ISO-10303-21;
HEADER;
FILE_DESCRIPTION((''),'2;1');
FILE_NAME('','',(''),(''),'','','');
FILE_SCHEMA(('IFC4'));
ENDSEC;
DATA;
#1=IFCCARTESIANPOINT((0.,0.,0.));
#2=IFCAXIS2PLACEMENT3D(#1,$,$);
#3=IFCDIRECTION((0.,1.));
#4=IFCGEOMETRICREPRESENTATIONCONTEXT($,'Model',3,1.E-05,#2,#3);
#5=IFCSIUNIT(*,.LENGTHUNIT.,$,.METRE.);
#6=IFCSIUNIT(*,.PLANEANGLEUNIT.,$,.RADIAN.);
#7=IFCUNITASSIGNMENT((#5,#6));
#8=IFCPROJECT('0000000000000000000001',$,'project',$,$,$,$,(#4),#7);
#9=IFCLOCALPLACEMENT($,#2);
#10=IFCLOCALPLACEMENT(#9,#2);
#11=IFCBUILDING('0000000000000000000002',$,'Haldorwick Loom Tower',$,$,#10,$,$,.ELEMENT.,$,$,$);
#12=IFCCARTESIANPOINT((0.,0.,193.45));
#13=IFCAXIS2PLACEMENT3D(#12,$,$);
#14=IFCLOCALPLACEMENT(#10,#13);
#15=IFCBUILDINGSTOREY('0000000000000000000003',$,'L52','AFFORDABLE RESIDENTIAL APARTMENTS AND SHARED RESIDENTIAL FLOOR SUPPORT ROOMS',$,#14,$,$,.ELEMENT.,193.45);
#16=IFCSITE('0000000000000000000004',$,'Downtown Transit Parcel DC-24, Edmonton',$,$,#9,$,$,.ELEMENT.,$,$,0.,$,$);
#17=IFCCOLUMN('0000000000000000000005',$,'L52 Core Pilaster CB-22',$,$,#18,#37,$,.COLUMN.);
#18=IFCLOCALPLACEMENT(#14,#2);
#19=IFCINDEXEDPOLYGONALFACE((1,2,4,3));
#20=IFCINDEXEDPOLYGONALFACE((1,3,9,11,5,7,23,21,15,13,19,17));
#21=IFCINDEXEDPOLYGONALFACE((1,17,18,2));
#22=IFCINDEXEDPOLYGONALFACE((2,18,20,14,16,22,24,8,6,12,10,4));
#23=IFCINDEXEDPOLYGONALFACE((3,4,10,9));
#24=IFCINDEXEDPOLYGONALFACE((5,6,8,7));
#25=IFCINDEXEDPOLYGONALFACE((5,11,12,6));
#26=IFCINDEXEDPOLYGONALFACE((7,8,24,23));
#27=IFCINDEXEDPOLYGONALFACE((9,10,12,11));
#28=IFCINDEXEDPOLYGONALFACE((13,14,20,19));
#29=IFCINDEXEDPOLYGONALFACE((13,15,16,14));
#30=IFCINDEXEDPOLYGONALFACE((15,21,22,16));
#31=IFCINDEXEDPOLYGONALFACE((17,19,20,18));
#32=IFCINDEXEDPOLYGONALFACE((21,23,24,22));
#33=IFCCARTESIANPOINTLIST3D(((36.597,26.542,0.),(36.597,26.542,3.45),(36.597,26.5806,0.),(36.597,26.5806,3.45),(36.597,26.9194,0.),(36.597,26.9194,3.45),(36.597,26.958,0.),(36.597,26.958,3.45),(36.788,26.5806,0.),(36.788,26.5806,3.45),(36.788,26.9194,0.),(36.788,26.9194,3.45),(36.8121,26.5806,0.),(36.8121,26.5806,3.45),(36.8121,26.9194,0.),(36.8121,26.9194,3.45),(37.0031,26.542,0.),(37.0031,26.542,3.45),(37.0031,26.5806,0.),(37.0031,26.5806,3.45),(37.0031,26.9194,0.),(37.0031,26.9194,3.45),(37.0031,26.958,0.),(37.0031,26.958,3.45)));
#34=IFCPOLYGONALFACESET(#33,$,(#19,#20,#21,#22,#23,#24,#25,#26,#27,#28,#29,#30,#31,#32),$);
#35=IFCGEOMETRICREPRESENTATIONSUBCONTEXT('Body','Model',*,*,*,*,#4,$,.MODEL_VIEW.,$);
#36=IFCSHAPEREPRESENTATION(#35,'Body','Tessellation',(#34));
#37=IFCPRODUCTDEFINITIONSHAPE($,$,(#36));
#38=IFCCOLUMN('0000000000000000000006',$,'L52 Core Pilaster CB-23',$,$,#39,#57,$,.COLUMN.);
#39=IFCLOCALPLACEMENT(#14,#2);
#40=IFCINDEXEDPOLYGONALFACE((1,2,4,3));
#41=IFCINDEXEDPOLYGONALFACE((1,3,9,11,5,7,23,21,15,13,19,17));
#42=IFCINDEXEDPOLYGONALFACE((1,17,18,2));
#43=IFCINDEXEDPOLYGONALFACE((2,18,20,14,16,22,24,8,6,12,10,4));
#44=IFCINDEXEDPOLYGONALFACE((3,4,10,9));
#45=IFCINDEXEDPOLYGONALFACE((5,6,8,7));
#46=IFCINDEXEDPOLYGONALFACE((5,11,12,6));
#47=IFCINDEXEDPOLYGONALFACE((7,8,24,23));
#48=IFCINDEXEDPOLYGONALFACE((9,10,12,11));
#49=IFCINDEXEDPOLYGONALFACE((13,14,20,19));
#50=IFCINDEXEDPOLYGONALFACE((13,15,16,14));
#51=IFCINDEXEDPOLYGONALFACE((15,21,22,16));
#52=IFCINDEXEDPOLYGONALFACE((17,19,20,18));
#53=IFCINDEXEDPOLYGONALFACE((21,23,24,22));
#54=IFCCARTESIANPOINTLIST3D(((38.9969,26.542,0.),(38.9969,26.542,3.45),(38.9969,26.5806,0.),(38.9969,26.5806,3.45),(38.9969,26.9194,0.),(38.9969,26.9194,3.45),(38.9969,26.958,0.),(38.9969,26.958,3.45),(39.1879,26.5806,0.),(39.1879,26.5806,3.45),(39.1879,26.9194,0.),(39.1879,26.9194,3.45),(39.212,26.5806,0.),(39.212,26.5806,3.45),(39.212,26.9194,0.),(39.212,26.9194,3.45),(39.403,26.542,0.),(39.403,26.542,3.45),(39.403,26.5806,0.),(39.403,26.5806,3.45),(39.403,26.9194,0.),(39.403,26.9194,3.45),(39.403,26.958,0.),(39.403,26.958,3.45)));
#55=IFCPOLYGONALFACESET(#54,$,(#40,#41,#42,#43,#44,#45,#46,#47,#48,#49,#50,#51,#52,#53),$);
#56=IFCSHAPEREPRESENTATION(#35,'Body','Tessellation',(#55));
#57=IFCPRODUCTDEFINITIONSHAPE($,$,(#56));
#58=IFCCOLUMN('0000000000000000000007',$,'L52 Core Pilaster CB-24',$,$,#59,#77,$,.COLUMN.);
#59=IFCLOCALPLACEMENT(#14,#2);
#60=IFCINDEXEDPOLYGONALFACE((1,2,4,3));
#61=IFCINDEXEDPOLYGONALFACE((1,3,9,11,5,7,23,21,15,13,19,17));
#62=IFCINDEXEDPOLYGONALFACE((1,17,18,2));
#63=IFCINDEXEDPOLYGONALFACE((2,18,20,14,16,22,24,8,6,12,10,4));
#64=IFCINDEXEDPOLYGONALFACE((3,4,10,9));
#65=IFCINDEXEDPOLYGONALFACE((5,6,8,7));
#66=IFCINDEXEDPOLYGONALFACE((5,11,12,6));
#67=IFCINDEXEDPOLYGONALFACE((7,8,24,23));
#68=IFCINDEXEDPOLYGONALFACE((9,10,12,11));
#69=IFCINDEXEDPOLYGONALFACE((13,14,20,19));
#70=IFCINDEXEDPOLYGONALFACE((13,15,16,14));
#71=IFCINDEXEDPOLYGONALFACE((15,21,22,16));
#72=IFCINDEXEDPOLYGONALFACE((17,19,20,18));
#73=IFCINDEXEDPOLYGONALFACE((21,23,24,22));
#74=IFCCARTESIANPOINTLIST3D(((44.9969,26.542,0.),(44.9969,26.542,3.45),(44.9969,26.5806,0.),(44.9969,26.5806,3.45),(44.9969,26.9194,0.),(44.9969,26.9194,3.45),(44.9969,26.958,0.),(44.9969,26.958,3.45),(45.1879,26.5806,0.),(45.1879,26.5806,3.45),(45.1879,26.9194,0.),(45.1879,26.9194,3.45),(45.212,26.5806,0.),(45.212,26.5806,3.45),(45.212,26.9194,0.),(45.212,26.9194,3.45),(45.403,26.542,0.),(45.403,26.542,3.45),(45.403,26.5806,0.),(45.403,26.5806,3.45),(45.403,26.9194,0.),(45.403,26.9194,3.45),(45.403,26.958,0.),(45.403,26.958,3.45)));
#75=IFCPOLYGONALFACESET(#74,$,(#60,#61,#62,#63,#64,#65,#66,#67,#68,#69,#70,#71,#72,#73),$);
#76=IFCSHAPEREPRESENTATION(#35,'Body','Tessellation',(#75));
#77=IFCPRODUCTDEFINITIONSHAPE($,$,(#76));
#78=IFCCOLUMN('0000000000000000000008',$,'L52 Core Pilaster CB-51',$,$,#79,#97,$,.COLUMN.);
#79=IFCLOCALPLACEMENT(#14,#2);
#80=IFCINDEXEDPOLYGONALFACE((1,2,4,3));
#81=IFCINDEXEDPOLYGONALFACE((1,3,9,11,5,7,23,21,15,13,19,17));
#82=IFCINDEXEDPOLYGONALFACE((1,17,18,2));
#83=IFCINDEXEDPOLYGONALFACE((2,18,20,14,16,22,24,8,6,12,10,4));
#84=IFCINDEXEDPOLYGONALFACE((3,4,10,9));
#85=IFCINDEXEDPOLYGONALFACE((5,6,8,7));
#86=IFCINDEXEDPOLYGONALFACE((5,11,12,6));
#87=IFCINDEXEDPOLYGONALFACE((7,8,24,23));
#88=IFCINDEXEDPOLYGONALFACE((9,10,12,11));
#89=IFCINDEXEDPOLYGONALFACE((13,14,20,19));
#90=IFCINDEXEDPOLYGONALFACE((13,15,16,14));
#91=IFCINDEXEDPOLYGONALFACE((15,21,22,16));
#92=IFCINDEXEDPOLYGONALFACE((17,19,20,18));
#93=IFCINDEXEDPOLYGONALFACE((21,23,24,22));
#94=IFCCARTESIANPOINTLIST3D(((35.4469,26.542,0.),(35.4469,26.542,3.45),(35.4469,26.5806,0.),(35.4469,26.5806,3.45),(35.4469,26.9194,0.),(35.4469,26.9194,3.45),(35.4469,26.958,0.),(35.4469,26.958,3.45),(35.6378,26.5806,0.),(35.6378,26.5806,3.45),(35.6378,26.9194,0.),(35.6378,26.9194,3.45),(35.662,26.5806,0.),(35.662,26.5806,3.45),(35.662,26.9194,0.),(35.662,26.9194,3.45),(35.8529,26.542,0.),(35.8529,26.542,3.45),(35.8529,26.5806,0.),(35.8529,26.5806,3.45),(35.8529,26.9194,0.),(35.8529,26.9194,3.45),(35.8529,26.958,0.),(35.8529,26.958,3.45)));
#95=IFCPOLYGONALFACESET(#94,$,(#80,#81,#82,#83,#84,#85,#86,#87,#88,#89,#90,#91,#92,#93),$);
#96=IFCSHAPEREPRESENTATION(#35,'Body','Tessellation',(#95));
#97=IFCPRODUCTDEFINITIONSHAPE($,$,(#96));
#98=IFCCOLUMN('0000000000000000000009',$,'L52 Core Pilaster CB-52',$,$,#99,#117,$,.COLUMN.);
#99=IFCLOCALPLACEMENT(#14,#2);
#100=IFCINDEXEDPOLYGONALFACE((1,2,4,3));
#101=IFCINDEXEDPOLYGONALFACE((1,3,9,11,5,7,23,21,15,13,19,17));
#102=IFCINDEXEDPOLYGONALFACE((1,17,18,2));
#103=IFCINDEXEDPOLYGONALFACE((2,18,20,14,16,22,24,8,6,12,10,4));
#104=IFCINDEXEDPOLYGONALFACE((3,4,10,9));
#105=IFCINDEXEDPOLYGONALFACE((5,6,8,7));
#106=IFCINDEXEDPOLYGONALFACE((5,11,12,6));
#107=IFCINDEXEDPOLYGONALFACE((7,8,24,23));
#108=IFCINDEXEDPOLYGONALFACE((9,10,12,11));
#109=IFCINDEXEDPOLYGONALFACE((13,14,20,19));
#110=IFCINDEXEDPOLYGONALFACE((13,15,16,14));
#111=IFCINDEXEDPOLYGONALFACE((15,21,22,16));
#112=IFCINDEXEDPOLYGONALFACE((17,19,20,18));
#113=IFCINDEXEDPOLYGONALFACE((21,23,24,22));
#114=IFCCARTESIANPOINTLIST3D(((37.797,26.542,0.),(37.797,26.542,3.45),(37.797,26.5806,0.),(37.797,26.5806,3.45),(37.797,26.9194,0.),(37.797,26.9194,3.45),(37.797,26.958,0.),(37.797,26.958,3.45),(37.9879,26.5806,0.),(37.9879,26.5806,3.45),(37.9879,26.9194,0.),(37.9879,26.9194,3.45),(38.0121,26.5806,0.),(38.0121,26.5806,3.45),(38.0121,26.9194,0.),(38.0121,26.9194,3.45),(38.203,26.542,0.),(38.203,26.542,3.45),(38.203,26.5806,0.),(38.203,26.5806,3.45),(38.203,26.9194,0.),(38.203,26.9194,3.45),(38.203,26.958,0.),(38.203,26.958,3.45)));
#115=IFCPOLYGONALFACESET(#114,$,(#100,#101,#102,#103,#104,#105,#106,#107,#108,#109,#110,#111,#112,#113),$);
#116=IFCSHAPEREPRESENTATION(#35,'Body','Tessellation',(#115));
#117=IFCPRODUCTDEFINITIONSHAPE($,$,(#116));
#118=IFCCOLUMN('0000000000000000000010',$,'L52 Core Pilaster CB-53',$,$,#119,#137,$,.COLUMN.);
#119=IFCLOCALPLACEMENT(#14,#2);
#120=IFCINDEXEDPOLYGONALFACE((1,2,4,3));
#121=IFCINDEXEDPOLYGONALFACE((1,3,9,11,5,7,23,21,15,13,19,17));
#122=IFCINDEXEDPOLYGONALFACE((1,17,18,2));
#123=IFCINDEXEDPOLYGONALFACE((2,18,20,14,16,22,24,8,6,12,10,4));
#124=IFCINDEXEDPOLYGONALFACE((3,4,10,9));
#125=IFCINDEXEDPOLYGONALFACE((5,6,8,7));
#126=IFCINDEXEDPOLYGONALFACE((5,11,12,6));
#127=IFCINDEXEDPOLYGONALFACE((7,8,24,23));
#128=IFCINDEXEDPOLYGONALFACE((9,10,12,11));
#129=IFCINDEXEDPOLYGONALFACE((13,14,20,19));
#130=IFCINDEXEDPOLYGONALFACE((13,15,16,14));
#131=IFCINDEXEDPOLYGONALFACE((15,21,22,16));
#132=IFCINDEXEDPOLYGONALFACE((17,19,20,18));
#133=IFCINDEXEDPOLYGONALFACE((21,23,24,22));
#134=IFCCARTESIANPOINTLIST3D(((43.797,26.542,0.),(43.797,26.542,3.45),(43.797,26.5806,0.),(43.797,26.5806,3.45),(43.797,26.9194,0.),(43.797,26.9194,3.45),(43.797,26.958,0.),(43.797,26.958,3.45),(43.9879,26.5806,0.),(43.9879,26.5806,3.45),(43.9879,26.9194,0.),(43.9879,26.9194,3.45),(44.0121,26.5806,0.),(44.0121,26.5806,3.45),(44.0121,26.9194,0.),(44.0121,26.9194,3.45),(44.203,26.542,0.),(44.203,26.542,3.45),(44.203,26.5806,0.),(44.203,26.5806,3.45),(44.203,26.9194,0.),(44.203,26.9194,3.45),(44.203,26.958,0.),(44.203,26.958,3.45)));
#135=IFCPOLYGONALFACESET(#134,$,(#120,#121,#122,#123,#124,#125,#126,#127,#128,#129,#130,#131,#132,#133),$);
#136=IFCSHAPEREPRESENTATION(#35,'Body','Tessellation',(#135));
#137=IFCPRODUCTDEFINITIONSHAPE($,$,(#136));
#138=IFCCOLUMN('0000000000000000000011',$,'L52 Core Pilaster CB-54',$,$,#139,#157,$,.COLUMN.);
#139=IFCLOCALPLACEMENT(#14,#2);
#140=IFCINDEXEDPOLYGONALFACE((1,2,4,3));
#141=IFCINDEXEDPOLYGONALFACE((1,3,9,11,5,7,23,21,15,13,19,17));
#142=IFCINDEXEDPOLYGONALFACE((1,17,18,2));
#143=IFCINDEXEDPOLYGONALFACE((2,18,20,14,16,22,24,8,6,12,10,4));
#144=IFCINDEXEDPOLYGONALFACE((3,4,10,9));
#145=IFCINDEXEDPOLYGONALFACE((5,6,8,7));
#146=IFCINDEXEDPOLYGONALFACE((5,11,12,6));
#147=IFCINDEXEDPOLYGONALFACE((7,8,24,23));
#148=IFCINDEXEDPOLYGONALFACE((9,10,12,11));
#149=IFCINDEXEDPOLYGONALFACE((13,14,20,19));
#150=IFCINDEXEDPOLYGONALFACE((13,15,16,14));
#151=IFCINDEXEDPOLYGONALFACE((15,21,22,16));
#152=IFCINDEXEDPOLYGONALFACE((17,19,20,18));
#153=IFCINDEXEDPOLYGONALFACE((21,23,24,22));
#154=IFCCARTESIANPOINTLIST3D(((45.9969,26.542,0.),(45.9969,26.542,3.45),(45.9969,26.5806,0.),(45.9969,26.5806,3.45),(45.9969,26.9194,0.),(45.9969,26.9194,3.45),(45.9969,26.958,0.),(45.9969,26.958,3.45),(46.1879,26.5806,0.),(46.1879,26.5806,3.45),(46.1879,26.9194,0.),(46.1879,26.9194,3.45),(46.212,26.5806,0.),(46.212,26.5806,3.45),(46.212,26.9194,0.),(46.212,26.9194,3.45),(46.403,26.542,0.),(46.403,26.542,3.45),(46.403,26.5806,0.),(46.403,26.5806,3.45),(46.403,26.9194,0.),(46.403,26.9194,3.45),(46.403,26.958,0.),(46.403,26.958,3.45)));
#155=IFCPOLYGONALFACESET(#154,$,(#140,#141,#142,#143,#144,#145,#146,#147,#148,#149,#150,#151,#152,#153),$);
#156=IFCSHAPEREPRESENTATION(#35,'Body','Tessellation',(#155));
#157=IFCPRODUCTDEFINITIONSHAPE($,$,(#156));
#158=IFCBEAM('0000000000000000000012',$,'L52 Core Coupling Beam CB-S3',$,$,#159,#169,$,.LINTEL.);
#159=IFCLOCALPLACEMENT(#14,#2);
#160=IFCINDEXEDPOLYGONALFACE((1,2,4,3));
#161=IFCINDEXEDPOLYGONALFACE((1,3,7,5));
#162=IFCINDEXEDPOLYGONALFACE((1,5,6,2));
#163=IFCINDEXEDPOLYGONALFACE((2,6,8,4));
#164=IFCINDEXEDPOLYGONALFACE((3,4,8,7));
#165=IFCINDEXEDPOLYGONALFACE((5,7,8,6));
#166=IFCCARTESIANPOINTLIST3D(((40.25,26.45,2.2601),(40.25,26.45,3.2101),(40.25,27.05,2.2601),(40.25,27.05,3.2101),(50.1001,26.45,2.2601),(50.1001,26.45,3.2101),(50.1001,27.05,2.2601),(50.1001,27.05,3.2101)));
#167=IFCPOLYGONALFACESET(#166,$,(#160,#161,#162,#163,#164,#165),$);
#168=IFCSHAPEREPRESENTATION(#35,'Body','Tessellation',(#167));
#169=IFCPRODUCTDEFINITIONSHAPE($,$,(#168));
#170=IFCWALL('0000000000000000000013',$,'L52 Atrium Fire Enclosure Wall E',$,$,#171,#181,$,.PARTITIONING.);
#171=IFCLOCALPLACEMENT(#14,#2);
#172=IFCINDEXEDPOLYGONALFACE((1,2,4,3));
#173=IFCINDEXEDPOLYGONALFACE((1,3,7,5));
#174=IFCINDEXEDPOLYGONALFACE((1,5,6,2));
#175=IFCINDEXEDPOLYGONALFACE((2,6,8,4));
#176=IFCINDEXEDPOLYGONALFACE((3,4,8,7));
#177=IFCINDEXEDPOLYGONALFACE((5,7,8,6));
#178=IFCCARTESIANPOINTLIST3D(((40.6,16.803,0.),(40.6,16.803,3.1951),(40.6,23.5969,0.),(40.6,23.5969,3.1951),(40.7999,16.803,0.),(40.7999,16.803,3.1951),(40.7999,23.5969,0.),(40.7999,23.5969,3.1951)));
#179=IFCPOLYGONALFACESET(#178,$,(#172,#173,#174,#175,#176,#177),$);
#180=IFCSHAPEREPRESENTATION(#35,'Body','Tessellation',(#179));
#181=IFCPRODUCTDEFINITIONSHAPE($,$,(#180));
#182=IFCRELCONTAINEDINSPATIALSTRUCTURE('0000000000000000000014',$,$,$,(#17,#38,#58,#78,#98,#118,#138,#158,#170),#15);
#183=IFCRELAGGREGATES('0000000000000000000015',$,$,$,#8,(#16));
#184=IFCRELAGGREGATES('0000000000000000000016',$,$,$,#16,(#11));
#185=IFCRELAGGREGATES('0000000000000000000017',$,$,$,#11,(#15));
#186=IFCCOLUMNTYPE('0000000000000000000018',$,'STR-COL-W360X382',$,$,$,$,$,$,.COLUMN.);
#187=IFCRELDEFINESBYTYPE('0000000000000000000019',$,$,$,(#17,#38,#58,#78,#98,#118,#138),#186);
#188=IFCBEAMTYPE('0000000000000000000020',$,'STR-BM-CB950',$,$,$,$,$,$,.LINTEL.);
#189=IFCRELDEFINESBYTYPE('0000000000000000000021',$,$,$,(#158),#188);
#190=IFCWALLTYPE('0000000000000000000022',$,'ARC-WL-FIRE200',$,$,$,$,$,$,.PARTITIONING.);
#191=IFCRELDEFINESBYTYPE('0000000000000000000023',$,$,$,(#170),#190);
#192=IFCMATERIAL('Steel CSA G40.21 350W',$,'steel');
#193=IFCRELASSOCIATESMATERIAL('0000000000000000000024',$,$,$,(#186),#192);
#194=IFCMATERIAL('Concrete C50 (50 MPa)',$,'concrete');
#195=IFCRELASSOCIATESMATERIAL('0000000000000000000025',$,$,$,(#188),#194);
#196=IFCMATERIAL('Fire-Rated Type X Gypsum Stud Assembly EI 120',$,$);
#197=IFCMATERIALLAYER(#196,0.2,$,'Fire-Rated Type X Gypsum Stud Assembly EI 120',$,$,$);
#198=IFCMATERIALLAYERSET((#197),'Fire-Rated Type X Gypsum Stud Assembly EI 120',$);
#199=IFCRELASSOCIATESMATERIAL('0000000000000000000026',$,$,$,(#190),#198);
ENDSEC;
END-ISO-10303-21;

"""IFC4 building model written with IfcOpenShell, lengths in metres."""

from ifc_helpers import new_model, si_unit, direction, frame, frame_2d, origin, origin_2d, place, context, subcontext, project, spatial, rectangle, i_section, extrude, material, layer, layer_set, material_profile, profile_set, type_object, element, save


model = new_model("IFC4")

# Units and contexts
model_context = context("Model", 3, precision=1e-05, world=origin(), true_north=direction((0.0, 1.0)))
body_context = subcontext(model_context, "Body", "Model", "MODEL_VIEW")
ifc_project = project(units=[si_unit("LENGTHUNIT", "METRE"), si_unit("PLANEANGLEUNIT", "RADIAN")], contexts=[model_context])

# Site, building, storey
site_placement = place(None, origin())
site = spatial("IfcSite", under=ifc_project, at=site_placement, Name="Downtown Transit Parcel DC-24, Edmonton", CompositionType="ELEMENT", RefElevation=0.0)
building_placement = place(site_placement, origin())
building = spatial("IfcBuilding", under=site, at=building_placement, Name="Haldorwick Loom Tower", CompositionType="ELEMENT")
storey_placement = place(building_placement, frame((0.0, 0.0, 193.45)))
storey = spatial("IfcBuildingStorey", under=building, at=storey_placement, Name="L52", Description="AFFORDABLE RESIDENTIAL APARTMENTS AND SHARED RESIDENTIAL FLOOR SUPPORT ROOMS", CompositionType="ELEMENT", Elevation=193.45)

# Columns
ifc_material_1 = material(Name="Steel CSA G40.21 350W", Category="steel")
ifc_material_profile_1 = material_profile(ifc_material_1, i_section(OverallWidth=0.406, OverallDepth=0.416, WebThickness=0.0242, FlangeThickness=0.0386, at=origin_2d()), Name="W360X382", Category="steel")
ifc_profile_set_1 = profile_set([ifc_material_profile_1], Name="Steel CSA G40.21 350W")
column_type = type_object("IfcColumnType", Name="STR-COL-W360X382", PredefinedType="COLUMN", material=ifc_profile_set_1)
for number, where, z_axis, x_axis, name in (
    (1, (36.8, 26.75, 0.0), (0.0, 0.0, 1.0), (1.0, 0.0, 0.0), "L52 Core Pilaster CB-22"),
    (2, (39.2, 26.75, 0.0), (0.0, 0.0, 1.0), (1.0, 0.0, 0.0), "L52 Core Pilaster CB-23"),
    (3, (45.2, 26.75, 0.0), (0.0, 0.0, 1.0), (1.0, 0.0, 0.0), "L52 Core Pilaster CB-24"),
    (4, (35.6499, 26.75, 0.0), (0.0, 0.0, 1.0), (1.0, 0.0, 0.0), "L52 Core Pilaster CB-51"),
    (5, (38.0, 26.75, 0.0), (0.0, 0.0, 1.0), (1.0, 0.0, 0.0), "L52 Core Pilaster CB-52"),
    (6, (44.0, 26.75, 0.0), (0.0, 0.0, 1.0), (1.0, 0.0, 0.0), "L52 Core Pilaster CB-53"),
    (7, (46.2, 26.75, 0.0), (0.0, 0.0, 1.0), (1.0, 0.0, 0.0), "L52 Core Pilaster CB-54"),
):
    element("IfcColumn", number, at=place(storey_placement, frame(where, z_axis=z_axis, x_axis=x_axis)), inside=storey, type_object=column_type, Name=name, PredefinedType="COLUMN", context=body_context, shape_type="SweptSolid", body=[
        extrude(i_section(OverallWidth=0.406, OverallDepth=0.416, WebThickness=0.0242, FlangeThickness=0.0386, at=origin_2d()), origin(), (0.0, 0.0, 1.0), 3.45),
    ])

# Beam
ifc_material_2 = material(Name="Concrete C50 (50 MPa)", Category="concrete")
ifc_material_profile_2 = material_profile(ifc_material_2, rectangle(XDim=0.6001, YDim=0.95, at=origin_2d()), Name="RC600X950", Category="concrete")
ifc_profile_set_2 = profile_set([ifc_material_profile_2], Name="Concrete C50 (50 MPa)")
beam_type = type_object("IfcBeamType", Name="STR-BM-CB950", PredefinedType="LINTEL", material=ifc_profile_set_2)
beam_placement = place(storey_placement, frame((40.25, 26.75, 2.7351), z_axis=(1.0, 0.0, 0.0), x_axis=(0.0, 1.0, 0.0)))
element("IfcBeam", 8, at=beam_placement, inside=storey, type_object=beam_type, Name="L52 Core Coupling Beam CB-S3", PredefinedType="LINTEL", context=body_context, shape_type="SweptSolid", body=[
    extrude(rectangle(XDim=0.6001, YDim=0.95, at=origin_2d()), origin(), (0.0, 0.0, 1.0), 9.8501),
])

# Wall
ifc_material_3 = material(Name="Fire-Rated Type X Gypsum Stud Assembly EI 120")
ifc_layer_1 = layer(ifc_material_3, 0.2, Name="Fire-Rated Type X Gypsum Stud Assembly EI 120")
ifc_layer_set_1 = layer_set([ifc_layer_1], Name="Fire-Rated Type X Gypsum Stud Assembly EI 120")
wall_type_1 = type_object("IfcWallType", Name="ARC-WL-FIRE200", PredefinedType="PARTITIONING", material=ifc_layer_set_1)
wall_1_placement = place(storey_placement, frame((40.7, 23.5969, 0.0), z_axis=(0.0, 0.0, 1.0), x_axis=(0.0, -1.0, 0.0)))
element("IfcWall", 9, at=wall_1_placement, inside=storey, type_object=wall_type_1, Name="L52 Atrium Fire Enclosure Wall E", PredefinedType="PARTITIONING", context=body_context, shape_type="SweptSolid", body=[
    extrude(rectangle(XDim=6.7939, YDim=0.2, at=frame_2d((3.397, 0.0))), origin(), (0.0, 0.0, 1.0), 3.1951),
])

save(model, "model.ifc")
